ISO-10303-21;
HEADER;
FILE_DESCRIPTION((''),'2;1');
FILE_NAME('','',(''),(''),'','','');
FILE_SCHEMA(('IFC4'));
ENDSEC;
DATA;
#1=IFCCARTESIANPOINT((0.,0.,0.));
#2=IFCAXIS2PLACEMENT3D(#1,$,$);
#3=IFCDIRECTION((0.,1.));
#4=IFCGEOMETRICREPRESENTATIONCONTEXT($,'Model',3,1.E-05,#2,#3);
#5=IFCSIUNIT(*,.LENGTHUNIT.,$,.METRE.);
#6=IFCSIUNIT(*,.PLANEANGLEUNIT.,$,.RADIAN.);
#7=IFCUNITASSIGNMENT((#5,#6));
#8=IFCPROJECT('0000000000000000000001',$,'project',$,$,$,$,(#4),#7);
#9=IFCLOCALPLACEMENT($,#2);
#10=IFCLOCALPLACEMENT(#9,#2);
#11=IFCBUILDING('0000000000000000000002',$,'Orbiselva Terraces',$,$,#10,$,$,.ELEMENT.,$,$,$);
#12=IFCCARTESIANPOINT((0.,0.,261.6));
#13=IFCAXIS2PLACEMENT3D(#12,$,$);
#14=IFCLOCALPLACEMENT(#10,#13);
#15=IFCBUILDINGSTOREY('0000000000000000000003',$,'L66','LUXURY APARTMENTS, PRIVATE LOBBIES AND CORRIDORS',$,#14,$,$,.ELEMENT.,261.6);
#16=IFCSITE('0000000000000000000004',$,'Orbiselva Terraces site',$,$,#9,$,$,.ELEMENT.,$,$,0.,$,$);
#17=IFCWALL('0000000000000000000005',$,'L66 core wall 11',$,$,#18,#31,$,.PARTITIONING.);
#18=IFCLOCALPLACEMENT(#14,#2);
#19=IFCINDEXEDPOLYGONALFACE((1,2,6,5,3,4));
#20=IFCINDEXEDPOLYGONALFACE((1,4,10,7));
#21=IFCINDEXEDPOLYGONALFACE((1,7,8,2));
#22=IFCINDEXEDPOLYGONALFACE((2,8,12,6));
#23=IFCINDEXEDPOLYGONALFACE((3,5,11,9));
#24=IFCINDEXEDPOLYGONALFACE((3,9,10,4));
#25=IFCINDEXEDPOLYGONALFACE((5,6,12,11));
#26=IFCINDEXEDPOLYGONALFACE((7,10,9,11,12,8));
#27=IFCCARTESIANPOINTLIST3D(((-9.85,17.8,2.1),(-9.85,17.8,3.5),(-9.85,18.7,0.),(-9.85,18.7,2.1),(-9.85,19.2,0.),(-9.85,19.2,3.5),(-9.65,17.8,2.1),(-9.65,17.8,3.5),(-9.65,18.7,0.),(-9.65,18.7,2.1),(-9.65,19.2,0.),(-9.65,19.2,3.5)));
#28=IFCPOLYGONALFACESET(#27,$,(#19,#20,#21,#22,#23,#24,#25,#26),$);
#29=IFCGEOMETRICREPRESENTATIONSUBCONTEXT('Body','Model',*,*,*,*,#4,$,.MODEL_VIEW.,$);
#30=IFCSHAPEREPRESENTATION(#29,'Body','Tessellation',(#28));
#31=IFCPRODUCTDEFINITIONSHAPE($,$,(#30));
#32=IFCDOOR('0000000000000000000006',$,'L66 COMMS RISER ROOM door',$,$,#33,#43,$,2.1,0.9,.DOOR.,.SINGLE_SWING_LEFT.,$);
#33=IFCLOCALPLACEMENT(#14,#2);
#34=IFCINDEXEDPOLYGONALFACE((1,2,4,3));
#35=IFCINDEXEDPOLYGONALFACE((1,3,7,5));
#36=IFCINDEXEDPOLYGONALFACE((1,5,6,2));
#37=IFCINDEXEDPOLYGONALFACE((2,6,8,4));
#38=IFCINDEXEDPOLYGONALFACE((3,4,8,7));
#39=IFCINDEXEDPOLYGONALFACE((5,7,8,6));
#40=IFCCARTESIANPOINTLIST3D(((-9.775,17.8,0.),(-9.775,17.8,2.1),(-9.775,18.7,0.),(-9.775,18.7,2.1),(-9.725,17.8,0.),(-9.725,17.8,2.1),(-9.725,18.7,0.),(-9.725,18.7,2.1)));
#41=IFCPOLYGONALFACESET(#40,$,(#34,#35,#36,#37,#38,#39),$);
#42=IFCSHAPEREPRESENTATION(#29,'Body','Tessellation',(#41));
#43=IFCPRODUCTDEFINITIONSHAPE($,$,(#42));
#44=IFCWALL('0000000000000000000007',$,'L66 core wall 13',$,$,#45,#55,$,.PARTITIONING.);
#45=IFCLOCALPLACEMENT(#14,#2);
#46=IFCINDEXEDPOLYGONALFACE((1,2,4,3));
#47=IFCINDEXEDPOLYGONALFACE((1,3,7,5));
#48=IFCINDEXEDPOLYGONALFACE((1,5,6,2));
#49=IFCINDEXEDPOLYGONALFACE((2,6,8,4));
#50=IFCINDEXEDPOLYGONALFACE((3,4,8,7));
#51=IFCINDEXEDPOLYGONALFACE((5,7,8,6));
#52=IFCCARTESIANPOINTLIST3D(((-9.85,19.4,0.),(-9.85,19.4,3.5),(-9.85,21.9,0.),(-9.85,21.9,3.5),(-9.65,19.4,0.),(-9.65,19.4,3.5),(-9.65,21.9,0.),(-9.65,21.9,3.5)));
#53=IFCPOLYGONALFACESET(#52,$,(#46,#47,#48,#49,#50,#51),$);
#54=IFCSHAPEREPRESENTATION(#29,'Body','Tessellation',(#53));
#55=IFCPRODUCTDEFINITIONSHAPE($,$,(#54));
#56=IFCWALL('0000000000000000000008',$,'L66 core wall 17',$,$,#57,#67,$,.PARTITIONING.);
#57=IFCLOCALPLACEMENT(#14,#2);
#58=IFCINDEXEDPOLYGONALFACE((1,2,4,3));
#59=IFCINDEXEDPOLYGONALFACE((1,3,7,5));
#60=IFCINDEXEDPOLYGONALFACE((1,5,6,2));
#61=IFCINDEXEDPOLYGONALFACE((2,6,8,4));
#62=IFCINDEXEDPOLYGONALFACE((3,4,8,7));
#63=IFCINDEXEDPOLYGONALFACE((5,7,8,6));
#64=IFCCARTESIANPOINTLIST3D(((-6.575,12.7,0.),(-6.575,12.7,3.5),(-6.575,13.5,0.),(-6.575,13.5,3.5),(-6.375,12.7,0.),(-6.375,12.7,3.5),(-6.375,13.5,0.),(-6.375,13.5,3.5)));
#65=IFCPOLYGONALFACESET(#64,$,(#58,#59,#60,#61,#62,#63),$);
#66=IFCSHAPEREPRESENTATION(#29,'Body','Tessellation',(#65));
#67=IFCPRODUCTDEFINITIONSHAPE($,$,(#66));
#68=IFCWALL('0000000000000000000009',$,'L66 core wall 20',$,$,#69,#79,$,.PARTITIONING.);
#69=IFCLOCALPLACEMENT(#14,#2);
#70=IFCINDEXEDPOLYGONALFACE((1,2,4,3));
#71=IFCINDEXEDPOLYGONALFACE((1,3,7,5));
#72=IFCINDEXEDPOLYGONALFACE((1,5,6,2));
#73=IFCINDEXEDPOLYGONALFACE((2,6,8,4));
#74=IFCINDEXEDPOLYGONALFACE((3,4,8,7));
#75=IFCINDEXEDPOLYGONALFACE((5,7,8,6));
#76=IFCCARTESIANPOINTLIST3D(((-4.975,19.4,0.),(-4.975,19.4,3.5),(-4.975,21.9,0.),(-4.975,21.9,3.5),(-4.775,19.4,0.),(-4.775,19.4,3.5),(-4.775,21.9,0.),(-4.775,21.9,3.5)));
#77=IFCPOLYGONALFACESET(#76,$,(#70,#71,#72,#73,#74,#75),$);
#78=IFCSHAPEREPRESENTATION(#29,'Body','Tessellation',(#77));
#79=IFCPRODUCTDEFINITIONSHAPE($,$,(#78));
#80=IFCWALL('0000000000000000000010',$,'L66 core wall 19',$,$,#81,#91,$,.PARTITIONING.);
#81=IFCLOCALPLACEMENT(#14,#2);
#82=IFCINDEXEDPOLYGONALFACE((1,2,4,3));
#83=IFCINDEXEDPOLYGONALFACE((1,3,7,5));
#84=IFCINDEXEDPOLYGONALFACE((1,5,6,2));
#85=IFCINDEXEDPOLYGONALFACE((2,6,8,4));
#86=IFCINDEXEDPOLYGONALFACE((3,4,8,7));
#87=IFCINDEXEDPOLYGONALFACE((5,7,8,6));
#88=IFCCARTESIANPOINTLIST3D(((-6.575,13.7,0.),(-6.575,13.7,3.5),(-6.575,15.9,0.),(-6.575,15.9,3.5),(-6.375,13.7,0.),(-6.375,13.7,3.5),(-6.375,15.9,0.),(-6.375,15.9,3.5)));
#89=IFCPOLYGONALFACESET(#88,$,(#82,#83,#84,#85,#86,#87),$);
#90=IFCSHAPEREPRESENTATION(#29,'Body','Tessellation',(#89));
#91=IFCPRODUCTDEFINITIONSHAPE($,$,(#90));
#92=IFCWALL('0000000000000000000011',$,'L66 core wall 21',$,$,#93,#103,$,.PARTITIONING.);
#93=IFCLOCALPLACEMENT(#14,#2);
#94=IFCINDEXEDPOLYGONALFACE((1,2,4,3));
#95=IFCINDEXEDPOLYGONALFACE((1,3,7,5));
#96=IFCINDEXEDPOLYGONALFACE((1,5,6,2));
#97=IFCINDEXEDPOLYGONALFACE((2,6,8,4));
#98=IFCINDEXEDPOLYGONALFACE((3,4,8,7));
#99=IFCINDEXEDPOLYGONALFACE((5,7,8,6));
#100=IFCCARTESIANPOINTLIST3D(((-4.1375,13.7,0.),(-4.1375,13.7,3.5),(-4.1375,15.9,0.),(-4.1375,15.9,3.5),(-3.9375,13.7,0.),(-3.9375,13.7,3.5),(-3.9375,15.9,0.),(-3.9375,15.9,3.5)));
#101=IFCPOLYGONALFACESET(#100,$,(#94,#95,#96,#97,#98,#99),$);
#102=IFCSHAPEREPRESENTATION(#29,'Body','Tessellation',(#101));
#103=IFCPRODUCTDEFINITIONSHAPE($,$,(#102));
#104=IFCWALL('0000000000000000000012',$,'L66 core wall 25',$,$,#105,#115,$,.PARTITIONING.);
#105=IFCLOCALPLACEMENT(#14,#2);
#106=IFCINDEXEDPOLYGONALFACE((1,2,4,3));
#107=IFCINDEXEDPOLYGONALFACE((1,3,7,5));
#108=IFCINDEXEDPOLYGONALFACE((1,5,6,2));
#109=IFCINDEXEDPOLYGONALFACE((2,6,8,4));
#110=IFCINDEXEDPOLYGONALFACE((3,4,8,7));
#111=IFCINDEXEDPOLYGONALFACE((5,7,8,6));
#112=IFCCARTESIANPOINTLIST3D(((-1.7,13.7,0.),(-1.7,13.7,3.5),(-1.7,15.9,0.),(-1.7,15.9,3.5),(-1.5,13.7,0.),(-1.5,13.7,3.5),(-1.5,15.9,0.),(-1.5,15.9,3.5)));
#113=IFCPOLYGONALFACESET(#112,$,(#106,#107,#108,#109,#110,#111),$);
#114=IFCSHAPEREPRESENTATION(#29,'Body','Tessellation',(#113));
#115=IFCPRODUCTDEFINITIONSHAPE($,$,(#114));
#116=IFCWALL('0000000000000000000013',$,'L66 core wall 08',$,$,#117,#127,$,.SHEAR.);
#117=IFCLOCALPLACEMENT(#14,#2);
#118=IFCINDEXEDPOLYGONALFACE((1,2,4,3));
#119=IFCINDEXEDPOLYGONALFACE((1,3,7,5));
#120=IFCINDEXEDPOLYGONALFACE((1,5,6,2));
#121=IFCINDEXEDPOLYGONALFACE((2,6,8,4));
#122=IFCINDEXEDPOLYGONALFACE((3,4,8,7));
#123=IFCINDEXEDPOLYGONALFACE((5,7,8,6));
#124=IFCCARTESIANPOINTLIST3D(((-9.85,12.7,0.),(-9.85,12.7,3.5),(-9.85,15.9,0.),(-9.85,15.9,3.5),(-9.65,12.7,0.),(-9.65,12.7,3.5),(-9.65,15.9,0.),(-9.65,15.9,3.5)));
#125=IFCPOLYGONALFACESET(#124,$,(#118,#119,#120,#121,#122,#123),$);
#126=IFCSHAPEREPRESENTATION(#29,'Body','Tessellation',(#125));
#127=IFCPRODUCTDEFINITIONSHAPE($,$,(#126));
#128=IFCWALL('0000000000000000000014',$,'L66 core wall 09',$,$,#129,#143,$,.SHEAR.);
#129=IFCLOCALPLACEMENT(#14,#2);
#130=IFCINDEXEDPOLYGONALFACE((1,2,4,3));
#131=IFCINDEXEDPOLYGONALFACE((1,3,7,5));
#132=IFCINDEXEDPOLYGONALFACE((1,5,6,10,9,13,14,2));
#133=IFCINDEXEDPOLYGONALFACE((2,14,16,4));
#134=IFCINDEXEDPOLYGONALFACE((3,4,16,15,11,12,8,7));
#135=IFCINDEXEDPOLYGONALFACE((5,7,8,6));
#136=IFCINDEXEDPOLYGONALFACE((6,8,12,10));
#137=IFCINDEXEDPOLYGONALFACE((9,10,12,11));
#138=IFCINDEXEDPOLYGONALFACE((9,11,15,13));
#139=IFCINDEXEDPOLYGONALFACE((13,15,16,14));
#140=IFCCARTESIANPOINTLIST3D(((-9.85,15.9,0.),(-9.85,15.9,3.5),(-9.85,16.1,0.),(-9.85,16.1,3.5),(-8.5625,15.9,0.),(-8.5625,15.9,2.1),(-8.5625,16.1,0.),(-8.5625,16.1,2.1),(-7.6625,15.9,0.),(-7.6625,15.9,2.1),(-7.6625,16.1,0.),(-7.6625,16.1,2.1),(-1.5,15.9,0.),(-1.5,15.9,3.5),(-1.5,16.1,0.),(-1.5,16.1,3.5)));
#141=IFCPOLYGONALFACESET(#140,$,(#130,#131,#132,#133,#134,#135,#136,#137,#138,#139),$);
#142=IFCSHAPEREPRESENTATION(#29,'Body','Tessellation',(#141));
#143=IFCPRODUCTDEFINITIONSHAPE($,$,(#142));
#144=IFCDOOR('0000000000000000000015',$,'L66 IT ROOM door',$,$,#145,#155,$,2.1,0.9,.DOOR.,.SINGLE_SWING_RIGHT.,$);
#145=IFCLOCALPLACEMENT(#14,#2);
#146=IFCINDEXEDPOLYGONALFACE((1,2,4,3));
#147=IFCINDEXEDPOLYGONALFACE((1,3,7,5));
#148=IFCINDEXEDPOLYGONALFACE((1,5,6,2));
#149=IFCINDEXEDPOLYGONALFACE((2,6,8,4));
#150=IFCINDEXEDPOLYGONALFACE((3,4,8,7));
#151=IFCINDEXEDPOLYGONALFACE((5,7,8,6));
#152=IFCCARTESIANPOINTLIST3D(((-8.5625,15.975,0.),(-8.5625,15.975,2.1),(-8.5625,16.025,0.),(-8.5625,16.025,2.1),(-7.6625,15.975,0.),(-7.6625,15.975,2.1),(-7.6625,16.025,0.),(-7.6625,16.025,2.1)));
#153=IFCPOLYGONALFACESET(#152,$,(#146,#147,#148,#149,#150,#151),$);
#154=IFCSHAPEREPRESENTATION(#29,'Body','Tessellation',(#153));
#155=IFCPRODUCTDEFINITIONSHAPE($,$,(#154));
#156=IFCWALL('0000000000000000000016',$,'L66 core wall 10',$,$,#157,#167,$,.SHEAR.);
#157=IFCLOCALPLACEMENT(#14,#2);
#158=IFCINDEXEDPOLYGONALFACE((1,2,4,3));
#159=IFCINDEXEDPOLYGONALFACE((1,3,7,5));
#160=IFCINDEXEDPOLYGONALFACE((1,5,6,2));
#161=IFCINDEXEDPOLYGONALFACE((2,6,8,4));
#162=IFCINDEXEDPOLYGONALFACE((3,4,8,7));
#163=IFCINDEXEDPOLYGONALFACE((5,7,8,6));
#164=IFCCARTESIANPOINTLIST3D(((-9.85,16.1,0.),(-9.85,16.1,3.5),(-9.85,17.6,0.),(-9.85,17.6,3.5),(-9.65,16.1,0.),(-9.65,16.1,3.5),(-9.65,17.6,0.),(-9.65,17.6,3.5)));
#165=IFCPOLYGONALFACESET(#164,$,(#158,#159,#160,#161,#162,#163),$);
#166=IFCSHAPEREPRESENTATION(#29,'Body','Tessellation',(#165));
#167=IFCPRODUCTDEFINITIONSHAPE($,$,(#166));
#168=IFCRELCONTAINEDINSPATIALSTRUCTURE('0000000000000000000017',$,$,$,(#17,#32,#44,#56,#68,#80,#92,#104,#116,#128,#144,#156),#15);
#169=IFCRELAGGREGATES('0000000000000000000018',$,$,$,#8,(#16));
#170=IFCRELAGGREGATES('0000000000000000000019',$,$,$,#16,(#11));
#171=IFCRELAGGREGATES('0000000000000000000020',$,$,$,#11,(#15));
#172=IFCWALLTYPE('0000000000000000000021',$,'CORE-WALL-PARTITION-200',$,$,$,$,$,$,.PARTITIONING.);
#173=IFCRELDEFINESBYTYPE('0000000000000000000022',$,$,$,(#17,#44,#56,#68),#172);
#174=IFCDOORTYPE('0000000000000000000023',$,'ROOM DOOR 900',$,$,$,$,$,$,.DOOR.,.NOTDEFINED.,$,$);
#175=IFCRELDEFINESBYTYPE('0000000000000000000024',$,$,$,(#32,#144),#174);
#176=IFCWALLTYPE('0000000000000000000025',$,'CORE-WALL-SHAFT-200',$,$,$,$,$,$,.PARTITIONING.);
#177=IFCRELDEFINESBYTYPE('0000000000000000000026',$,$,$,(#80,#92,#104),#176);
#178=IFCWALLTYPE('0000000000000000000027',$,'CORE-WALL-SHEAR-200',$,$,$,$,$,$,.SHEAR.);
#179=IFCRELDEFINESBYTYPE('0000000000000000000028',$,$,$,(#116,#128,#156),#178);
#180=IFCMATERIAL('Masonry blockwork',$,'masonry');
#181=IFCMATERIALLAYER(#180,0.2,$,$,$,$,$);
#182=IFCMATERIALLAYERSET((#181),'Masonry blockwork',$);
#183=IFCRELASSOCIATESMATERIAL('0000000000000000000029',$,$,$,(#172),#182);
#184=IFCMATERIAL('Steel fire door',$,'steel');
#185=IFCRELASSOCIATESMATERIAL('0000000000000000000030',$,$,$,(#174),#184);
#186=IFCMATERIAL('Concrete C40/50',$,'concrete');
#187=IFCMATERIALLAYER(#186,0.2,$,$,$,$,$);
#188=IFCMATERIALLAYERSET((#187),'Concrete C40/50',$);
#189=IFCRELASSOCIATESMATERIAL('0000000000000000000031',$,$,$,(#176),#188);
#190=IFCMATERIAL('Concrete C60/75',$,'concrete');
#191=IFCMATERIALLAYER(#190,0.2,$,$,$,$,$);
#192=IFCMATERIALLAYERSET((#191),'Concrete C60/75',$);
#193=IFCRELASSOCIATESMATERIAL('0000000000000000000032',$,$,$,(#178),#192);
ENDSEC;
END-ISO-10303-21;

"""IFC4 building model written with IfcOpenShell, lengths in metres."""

from ifc_helpers import new_model, si_unit, direction, frame, frame_2d, origin, place, context, subcontext, project, spatial, rectangle, extrude, material, layer, layer_set, type_object, element, fill, save


model = new_model("IFC4")

# Units and contexts
model_context = context("Model", 3, precision=1e-05, world=origin(), true_north=direction((0.0, 1.0)))
body_context = subcontext(model_context, "Body", "Model", "MODEL_VIEW")
ifc_project = project(units=[si_unit("LENGTHUNIT", "METRE"), si_unit("PLANEANGLEUNIT", "RADIAN")], contexts=[model_context])

# Site, building, storey
site_placement = place(None, origin())
site = spatial("IfcSite", under=ifc_project, at=site_placement, Name="Orbiselva Terraces site", CompositionType="ELEMENT", RefElevation=0.0)
building_placement = place(site_placement, origin())
building = spatial("IfcBuilding", under=site, at=building_placement, Name="Orbiselva Terraces", CompositionType="ELEMENT")
storey_placement = place(building_placement, frame((0.0, 0.0, 261.6)))
storey = spatial("IfcBuildingStorey", under=building, at=storey_placement, Name="L66", Description="LUXURY APARTMENTS, PRIVATE LOBBIES AND CORRIDORS", CompositionType="ELEMENT", Elevation=261.6)

# Wall, opening, door
ifc_material_1 = material(Name="Masonry blockwork", Category="masonry")
ifc_layer_1 = layer(ifc_material_1, 0.2)
ifc_layer_set_1 = layer_set([ifc_layer_1], Name="Masonry blockwork")
wall_type_1 = type_object("IfcWallType", Name="CORE-WALL-PARTITION-200", PredefinedType="PARTITIONING", material=ifc_layer_set_1)
wall_1_placement = place(storey_placement, frame((-9.75, 17.8, 0.0), z_axis=(0.0, 0.0, 1.0), x_axis=(0.0, 1.0, 0.0)))
wall_1 = element("IfcWall", 1, at=wall_1_placement, inside=storey, type_object=wall_type_1, Name="L66 core wall 11", PredefinedType="PARTITIONING", context=body_context, shape_type="SweptSolid", body=[
    extrude(rectangle(XDim=1.4, YDim=0.2, at=frame_2d((0.7, 0.0))), origin(), (0.0, 0.0, 1.0), 3.5),
])
opening_1_placement = place(wall_1_placement, origin())
opening_1 = element("IfcOpeningElement", 2, at=opening_1_placement, cuts=wall_1, PredefinedType="OPENING", context=body_context, shape_type="SweptSolid", body=[
    extrude(rectangle(XDim=0.9, YDim=2.1, at=frame_2d((0.45, 1.05))), frame((0.0, 0.11, 0.0), z_axis=(0.0, -1.0, 0.0), x_axis=(1.0, 0.0, 0.0)), (0.0, 0.0, 1.0), 0.22),
])
ifc_material_2 = material(Name="Steel fire door", Category="steel")
door_type_1 = type_object("IfcDoorType", Name="ROOM DOOR 900", OperationType="NOTDEFINED", PredefinedType="DOOR", material=ifc_material_2)
door_1_placement = place(opening_1_placement, origin())
door_1 = element("IfcDoor", 3, at=door_1_placement, inside=storey, type_object=door_type_1, Name="L66 COMMS RISER ROOM door", OperationType="SINGLE_SWING_LEFT", OverallHeight=2.1, OverallWidth=0.9, PredefinedType="DOOR", context=body_context, shape_type="SweptSolid", body=[
    extrude(rectangle(XDim=0.9, YDim=2.1, at=frame_2d((0.45, 1.05))), frame((0.0, 0.025, 0.0), z_axis=(0.0, -1.0, 0.0), x_axis=(1.0, 0.0, 0.0)), (0.0, 0.0, 1.0), 0.05),
])
fill(opening_1, door_1)

# Walls
wall_2_placement = place(storey_placement, frame((-9.75, 19.4, 0.0), z_axis=(0.0, 0.0, 1.0), x_axis=(0.0, 1.0, 0.0)))
element("IfcWall", 4, at=wall_2_placement, inside=storey, type_object=wall_type_1, Name="L66 core wall 13", PredefinedType="PARTITIONING", context=body_context, shape_type="SweptSolid", body=[
    extrude(rectangle(XDim=2.5, YDim=0.2, at=frame_2d((1.25, 0.0))), origin(), (0.0, 0.0, 1.0), 3.5),
])
wall_3_placement = place(storey_placement, frame((-6.475, 12.7, 0.0), z_axis=(0.0, 0.0, 1.0), x_axis=(0.0, 1.0, 0.0)))
element("IfcWall", 5, at=wall_3_placement, inside=storey, type_object=wall_type_1, Name="L66 core wall 17", PredefinedType="PARTITIONING", context=body_context, shape_type="SweptSolid", body=[
    extrude(rectangle(XDim=0.8, YDim=0.2, at=frame_2d((0.4, 0.0))), origin(), (0.0, 0.0, 1.0), 3.5),
])
wall_4_placement = place(storey_placement, frame((-4.875, 19.4, 0.0), z_axis=(0.0, 0.0, 1.0), x_axis=(0.0, 1.0, 0.0)))
element("IfcWall", 6, at=wall_4_placement, inside=storey, type_object=wall_type_1, Name="L66 core wall 20", PredefinedType="PARTITIONING", context=body_context, shape_type="SweptSolid", body=[
    extrude(rectangle(XDim=2.5, YDim=0.2, at=frame_2d((1.25, 0.0))), origin(), (0.0, 0.0, 1.0), 3.5),
])
ifc_material_3 = material(Name="Concrete C40/50", Category="concrete")
ifc_layer_2 = layer(ifc_material_3, 0.2)
ifc_layer_set_2 = layer_set([ifc_layer_2], Name="Concrete C40/50")
wall_type_2 = type_object("IfcWallType", Name="CORE-WALL-SHAFT-200", PredefinedType="PARTITIONING", material=ifc_layer_set_2)
for number, where, z_axis, x_axis, name in (
    (7, (-6.475, 13.7, 0.0), (0.0, 0.0, 1.0), (0.0, 1.0, 0.0), "L66 core wall 19"),
    (8, (-4.0375, 13.7, 0.0), (0.0, 0.0, 1.0), (0.0, 1.0, 0.0), "L66 core wall 21"),
    (9, (-1.6, 13.7, 0.0), (0.0, 0.0, 1.0), (0.0, 1.0, 0.0), "L66 core wall 25"),
):
    element("IfcWall", number, at=place(storey_placement, frame(where, z_axis=z_axis, x_axis=x_axis)), inside=storey, type_object=wall_type_2, Name=name, PredefinedType="PARTITIONING", context=body_context, shape_type="SweptSolid", body=[
        extrude(rectangle(XDim=2.2, YDim=0.2, at=frame_2d((1.1, 0.0))), origin(), (0.0, 0.0, 1.0), 3.5),
    ])
ifc_material_4 = material(Name="Concrete C60/75", Category="concrete")
ifc_layer_3 = layer(ifc_material_4, 0.2)
ifc_layer_set_3 = layer_set([ifc_layer_3], Name="Concrete C60/75")
wall_type_3 = type_object("IfcWallType", Name="CORE-WALL-SHEAR-200", PredefinedType="SHEAR", material=ifc_layer_set_3)
wall_5_placement = place(storey_placement, frame((-9.75, 12.7, 0.0), z_axis=(0.0, 0.0, 1.0), x_axis=(0.0, 1.0, 0.0)))
element("IfcWall", 10, at=wall_5_placement, inside=storey, type_object=wall_type_3, Name="L66 core wall 08", PredefinedType="SHEAR", context=body_context, shape_type="SweptSolid", body=[
    extrude(rectangle(XDim=3.2, YDim=0.2, at=frame_2d((1.6, 0.0))), origin(), (0.0, 0.0, 1.0), 3.5),
])

# Wall, opening, door
wall_6_placement = place(storey_placement, frame((-1.5, 16.0, 0.0), z_axis=(0.0, 0.0, 1.0), x_axis=(-1.0, 0.0, 0.0)))
wall_6 = element("IfcWall", 11, at=wall_6_placement, inside=storey, type_object=wall_type_3, Name="L66 core wall 09", PredefinedType="SHEAR", context=body_context, shape_type="SweptSolid", body=[
    extrude(rectangle(XDim=8.35, YDim=0.2, at=frame_2d((4.175, 0.0))), origin(), (0.0, 0.0, 1.0), 3.5),
])
opening_2_placement = place(wall_6_placement, frame((6.1625, 0.0, 0.0)))
opening_2 = element("IfcOpeningElement", 12, at=opening_2_placement, cuts=wall_6, PredefinedType="OPENING", context=body_context, shape_type="SweptSolid", body=[
    extrude(rectangle(XDim=0.9, YDim=2.1, at=frame_2d((0.45, 1.05))), frame((0.0, 0.11, 0.0), z_axis=(0.0, -1.0, 0.0), x_axis=(1.0, 0.0, 0.0)), (0.0, 0.0, 1.0), 0.22),
])
door_2_placement = place(opening_2_placement, origin())
door_2 = element("IfcDoor", 13, at=door_2_placement, inside=storey, type_object=door_type_1, Name="L66 IT ROOM door", OperationType="SINGLE_SWING_RIGHT", OverallHeight=2.1, OverallWidth=0.9, PredefinedType="DOOR", context=body_context, shape_type="SweptSolid", body=[
    extrude(rectangle(XDim=0.9, YDim=2.1, at=frame_2d((0.45, 1.05))), frame((0.0, 0.025, 0.0), z_axis=(0.0, -1.0, 0.0), x_axis=(1.0, 0.0, 0.0)), (0.0, 0.0, 1.0), 0.05),
])
fill(opening_2, door_2)

# Wall
wall_7_placement = place(storey_placement, frame((-9.75, 16.1, 0.0), z_axis=(0.0, 0.0, 1.0), x_axis=(0.0, 1.0, 0.0)))
element("IfcWall", 14, at=wall_7_placement, inside=storey, type_object=wall_type_3, Name="L66 core wall 10", PredefinedType="SHEAR", context=body_context, shape_type="SweptSolid", body=[
    extrude(rectangle(XDim=1.5, YDim=0.2, at=frame_2d((0.75, 0.0))), origin(), (0.0, 0.0, 1.0), 3.5),
])

save(model, "model.ifc")
